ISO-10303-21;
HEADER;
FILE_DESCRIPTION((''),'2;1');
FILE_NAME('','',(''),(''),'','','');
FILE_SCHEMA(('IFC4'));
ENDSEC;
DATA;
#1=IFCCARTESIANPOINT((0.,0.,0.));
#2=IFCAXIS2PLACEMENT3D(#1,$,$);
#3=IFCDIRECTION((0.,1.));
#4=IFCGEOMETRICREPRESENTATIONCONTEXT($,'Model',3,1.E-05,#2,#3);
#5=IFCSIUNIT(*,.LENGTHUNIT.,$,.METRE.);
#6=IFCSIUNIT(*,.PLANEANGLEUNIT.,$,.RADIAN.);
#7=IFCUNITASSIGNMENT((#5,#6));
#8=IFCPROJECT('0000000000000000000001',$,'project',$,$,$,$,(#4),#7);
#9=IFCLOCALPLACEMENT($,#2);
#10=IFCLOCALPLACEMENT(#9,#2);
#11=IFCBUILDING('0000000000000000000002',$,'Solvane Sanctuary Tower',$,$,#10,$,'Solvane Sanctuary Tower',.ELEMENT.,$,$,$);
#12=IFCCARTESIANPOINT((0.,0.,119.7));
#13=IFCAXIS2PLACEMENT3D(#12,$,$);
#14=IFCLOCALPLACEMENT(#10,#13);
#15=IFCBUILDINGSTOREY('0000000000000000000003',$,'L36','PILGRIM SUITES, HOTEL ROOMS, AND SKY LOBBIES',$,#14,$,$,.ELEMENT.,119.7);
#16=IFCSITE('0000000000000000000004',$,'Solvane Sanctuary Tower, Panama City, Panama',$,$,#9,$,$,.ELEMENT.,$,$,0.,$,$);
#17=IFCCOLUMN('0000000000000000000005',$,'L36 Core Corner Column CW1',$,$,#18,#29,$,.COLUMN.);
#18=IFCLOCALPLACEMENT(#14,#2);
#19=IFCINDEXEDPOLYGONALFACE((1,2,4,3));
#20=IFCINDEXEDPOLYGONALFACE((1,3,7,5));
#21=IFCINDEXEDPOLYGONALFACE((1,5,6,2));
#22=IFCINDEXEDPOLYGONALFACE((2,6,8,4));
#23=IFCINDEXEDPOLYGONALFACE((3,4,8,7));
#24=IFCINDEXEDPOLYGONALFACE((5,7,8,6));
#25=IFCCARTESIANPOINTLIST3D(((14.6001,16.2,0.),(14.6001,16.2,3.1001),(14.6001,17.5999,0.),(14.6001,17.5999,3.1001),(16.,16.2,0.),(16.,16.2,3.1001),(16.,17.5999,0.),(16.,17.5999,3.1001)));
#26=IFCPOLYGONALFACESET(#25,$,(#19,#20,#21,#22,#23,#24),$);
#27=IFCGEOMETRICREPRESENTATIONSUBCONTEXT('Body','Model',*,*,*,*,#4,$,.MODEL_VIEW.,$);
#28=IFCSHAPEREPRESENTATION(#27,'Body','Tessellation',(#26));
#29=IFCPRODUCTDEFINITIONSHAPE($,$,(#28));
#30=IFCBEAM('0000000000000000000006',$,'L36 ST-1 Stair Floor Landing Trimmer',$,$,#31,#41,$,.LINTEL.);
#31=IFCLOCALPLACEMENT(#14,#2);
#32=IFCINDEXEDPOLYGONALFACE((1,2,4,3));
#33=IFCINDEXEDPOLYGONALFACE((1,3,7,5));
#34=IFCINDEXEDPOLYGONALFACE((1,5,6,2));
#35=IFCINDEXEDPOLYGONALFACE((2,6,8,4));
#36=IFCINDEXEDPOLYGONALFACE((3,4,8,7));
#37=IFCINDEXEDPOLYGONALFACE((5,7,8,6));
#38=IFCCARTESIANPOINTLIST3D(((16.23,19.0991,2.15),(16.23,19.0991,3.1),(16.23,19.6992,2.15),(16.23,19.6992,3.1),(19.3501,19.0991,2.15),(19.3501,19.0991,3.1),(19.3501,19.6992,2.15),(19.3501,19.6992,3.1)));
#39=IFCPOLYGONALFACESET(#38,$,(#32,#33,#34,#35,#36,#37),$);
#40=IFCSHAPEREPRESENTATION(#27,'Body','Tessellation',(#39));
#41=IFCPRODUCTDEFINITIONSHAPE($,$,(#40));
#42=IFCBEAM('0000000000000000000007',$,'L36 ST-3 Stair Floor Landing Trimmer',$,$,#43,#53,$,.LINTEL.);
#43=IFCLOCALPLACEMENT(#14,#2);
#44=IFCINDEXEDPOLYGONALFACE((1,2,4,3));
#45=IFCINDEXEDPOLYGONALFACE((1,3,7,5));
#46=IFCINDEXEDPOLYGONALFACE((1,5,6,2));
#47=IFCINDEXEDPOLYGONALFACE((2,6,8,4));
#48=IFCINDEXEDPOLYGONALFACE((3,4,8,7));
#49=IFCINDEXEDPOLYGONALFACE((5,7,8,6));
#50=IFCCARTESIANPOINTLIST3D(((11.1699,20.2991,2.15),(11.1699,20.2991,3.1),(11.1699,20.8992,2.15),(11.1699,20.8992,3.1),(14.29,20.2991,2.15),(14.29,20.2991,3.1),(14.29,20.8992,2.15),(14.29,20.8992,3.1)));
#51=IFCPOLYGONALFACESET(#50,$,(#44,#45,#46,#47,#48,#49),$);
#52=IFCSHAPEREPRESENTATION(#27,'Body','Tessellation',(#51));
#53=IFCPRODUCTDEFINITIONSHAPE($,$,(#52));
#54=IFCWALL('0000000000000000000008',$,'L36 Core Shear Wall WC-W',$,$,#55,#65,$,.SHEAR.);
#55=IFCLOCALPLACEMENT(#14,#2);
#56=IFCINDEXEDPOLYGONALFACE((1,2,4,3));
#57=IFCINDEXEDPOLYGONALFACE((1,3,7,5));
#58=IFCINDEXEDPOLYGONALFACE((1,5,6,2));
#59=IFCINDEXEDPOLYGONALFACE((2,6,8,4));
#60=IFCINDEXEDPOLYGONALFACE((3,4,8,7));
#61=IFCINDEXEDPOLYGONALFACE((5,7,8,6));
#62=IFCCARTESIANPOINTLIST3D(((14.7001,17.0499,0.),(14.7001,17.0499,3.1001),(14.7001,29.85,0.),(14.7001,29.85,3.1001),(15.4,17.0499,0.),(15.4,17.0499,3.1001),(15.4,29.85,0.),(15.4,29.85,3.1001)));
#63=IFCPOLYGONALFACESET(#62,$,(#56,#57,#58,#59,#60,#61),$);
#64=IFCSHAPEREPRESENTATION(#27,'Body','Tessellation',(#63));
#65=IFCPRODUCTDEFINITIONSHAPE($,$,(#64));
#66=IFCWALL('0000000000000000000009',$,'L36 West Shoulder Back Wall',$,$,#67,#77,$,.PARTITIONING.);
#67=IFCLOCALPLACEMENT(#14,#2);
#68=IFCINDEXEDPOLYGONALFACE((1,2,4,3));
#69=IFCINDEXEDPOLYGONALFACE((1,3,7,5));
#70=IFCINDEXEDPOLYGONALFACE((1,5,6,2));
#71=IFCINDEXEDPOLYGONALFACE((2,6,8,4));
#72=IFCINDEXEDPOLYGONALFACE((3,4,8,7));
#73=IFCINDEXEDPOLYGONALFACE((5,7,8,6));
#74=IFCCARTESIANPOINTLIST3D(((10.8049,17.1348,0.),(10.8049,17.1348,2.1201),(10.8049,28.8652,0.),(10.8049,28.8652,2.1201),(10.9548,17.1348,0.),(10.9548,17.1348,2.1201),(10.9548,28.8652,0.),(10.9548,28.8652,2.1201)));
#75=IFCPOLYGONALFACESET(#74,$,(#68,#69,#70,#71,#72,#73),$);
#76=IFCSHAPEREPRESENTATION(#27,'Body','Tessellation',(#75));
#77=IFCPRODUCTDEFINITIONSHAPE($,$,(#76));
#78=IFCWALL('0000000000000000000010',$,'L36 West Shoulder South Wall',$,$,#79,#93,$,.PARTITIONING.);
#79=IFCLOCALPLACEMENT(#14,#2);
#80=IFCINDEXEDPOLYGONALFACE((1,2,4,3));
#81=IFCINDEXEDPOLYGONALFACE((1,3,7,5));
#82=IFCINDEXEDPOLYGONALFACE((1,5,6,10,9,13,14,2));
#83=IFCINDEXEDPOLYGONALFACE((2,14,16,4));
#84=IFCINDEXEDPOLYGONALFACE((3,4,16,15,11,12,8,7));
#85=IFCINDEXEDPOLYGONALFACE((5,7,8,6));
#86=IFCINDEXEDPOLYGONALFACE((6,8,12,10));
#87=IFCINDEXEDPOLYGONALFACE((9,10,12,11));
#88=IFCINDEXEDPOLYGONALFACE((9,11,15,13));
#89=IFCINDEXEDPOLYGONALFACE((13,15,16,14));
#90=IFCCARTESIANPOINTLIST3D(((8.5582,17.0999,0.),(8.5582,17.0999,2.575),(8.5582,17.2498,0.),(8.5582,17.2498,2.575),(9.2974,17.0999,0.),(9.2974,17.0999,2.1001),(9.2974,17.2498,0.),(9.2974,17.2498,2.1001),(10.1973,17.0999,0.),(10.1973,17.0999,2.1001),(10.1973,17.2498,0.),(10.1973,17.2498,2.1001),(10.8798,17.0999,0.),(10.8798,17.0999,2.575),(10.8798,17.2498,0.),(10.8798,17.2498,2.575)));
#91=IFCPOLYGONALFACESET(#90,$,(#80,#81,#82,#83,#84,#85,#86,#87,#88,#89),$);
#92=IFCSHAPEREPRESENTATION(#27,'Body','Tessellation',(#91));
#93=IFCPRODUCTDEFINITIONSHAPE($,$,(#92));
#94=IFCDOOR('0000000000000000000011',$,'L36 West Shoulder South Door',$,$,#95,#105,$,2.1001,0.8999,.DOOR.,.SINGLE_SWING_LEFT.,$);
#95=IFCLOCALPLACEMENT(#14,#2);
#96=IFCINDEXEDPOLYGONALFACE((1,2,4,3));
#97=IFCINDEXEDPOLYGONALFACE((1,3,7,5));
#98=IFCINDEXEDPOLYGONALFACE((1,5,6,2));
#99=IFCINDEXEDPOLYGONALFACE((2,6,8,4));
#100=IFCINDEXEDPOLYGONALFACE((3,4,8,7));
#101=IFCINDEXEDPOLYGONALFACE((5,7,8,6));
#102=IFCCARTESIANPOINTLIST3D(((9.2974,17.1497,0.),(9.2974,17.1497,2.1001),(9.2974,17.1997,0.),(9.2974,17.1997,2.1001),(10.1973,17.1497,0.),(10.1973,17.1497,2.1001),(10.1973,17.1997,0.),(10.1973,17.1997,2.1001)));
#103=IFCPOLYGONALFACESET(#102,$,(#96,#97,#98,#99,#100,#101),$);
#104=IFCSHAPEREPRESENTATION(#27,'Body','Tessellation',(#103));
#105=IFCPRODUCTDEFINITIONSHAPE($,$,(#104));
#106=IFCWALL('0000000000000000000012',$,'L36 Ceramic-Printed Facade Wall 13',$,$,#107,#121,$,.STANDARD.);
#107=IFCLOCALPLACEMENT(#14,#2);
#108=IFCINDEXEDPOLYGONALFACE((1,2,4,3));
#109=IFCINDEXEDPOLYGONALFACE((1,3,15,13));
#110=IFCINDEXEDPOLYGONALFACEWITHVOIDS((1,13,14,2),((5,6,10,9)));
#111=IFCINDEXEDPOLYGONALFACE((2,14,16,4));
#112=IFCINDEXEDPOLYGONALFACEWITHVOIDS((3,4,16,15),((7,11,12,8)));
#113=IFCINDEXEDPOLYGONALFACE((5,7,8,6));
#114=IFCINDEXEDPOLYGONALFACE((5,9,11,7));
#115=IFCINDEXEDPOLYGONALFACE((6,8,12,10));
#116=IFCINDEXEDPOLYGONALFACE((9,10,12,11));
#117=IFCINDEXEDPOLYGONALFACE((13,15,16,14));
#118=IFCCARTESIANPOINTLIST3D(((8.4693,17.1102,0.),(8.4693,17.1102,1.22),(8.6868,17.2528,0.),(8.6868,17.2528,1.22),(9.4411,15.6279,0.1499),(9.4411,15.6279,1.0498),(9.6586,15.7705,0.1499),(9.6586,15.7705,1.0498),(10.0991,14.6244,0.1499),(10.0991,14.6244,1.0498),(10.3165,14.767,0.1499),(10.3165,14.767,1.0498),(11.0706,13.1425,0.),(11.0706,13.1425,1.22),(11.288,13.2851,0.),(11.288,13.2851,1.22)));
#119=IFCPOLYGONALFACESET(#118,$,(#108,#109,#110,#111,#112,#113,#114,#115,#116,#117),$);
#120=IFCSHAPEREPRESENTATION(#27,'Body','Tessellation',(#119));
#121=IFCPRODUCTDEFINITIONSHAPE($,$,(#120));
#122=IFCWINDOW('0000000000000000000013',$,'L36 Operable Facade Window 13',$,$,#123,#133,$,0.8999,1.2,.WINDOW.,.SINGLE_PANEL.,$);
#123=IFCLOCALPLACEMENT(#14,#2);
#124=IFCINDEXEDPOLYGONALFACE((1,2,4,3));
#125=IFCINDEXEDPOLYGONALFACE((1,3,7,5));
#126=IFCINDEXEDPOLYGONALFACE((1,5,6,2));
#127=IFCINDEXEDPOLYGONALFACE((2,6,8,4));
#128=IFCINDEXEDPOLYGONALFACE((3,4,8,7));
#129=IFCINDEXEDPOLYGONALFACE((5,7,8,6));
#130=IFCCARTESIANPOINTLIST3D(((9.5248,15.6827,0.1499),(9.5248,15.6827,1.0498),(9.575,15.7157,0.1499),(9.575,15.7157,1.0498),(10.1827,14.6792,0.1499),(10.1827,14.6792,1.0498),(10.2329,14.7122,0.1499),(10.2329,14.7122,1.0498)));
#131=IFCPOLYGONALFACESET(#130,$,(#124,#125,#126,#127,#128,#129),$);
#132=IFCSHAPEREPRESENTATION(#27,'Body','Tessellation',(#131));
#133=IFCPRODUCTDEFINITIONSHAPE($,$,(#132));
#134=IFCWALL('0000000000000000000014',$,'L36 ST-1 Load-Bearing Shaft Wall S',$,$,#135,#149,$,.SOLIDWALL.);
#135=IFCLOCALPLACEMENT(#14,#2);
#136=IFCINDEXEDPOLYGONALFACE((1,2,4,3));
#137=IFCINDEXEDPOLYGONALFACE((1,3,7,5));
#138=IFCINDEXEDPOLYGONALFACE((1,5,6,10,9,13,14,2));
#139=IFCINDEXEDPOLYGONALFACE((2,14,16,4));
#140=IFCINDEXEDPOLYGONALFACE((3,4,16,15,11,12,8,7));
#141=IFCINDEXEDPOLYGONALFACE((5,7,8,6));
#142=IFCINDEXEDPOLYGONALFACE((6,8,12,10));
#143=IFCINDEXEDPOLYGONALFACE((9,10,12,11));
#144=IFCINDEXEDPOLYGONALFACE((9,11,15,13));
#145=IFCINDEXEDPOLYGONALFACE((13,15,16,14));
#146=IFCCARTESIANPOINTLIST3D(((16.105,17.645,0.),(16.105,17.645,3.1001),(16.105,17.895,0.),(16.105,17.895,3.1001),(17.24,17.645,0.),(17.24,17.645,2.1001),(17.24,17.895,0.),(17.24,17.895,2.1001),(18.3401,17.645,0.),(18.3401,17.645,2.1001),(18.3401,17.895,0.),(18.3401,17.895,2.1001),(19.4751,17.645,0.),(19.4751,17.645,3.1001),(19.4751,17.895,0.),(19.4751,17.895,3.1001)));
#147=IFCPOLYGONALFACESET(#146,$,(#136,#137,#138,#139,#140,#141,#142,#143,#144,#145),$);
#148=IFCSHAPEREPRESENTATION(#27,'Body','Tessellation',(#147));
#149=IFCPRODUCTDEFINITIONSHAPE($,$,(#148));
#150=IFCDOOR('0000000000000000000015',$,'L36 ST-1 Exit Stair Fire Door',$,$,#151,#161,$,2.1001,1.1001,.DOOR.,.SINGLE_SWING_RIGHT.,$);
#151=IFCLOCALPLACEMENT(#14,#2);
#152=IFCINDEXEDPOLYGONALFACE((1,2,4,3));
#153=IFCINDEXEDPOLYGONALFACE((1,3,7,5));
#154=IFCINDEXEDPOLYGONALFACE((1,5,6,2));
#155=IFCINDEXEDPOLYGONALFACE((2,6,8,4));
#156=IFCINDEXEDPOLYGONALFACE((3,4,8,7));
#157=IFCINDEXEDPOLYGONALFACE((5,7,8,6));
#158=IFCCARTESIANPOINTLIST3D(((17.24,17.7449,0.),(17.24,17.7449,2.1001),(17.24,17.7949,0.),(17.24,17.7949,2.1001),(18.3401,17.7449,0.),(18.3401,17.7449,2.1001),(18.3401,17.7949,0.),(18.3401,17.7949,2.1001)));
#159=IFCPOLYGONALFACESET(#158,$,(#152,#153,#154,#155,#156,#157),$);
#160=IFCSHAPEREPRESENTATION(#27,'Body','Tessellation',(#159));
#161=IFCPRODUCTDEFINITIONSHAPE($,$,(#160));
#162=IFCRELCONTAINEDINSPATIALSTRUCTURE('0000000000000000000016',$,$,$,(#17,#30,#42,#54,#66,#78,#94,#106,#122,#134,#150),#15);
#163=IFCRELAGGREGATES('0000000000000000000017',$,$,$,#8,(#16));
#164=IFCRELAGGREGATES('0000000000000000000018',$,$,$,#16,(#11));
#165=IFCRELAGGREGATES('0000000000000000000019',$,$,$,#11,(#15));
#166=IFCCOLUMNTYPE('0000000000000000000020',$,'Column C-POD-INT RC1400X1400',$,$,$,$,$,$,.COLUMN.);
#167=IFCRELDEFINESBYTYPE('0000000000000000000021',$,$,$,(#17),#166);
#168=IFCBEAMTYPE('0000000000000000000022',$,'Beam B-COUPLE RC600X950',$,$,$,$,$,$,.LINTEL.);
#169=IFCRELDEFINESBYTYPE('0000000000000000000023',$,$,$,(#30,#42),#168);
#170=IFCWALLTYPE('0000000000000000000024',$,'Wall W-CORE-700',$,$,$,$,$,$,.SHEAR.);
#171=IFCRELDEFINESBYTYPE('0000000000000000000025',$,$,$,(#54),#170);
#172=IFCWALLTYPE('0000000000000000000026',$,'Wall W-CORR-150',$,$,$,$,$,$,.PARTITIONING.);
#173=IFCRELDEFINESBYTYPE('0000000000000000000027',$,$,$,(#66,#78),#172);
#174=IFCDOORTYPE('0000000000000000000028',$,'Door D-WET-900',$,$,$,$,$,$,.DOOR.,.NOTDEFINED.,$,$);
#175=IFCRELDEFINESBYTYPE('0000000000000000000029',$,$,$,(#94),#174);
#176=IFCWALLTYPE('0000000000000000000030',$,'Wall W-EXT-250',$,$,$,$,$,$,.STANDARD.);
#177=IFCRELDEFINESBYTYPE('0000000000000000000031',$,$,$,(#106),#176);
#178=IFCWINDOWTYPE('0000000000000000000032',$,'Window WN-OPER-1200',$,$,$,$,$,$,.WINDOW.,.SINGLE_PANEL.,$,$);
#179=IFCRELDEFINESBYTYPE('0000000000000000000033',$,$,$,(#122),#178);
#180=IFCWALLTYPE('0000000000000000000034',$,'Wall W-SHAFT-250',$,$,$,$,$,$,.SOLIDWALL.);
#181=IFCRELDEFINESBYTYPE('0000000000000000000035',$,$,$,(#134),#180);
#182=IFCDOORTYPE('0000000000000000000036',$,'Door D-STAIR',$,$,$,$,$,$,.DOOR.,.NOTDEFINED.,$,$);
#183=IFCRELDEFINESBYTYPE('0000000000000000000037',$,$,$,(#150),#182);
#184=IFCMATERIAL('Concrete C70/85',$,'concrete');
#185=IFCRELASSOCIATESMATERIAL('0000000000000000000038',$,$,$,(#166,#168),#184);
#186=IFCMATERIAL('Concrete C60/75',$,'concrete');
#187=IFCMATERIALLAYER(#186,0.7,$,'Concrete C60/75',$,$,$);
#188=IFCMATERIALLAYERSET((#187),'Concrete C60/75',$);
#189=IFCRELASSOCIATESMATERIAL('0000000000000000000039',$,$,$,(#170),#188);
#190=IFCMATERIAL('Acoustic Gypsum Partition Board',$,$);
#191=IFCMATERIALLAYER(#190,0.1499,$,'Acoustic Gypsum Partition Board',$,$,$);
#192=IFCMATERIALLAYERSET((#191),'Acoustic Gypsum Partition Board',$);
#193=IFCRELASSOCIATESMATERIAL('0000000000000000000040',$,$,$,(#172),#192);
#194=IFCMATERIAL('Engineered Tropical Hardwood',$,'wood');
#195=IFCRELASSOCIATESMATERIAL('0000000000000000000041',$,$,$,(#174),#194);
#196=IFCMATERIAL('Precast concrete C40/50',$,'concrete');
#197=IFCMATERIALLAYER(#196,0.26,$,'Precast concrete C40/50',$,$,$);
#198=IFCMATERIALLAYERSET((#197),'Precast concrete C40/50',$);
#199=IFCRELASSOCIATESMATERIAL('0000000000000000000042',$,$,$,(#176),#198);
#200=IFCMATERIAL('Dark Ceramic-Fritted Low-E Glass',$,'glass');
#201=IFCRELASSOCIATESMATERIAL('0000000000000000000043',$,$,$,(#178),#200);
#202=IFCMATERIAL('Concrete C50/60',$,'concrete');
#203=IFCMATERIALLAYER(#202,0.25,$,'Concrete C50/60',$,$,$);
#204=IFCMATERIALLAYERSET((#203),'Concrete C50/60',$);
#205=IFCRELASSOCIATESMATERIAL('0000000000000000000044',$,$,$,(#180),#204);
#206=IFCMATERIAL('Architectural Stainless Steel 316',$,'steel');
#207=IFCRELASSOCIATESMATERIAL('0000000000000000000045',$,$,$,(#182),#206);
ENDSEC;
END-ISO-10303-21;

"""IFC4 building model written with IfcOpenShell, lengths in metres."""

from ifc_helpers import new_model, si_unit, direction, frame, frame_2d, origin, origin_2d, place, context, subcontext, project, spatial, rectangle, extrude, material, layer, layer_set, material_profile, profile_set, type_object, element, fill, save


model = new_model("IFC4")

# Units and contexts
model_context = context("Model", 3, precision=1e-05, world=origin(), true_north=direction((0.0, 1.0)))
body_context = subcontext(model_context, "Body", "Model", "MODEL_VIEW")
ifc_project = project(units=[si_unit("LENGTHUNIT", "METRE"), si_unit("PLANEANGLEUNIT", "RADIAN")], contexts=[model_context])

# Site, building, storey
site_placement = place(None, origin())
site = spatial("IfcSite", under=ifc_project, at=site_placement, Name="Solvane Sanctuary Tower, Panama City, Panama", CompositionType="ELEMENT", RefElevation=0.0)
building_placement = place(site_placement, origin())
building = spatial("IfcBuilding", under=site, at=building_placement, Name="Solvane Sanctuary Tower", LongName="Solvane Sanctuary Tower", CompositionType="ELEMENT")
storey_placement = place(building_placement, frame((0.0, 0.0, 119.7)))
storey = spatial("IfcBuildingStorey", under=building, at=storey_placement, Name="L36", Description="PILGRIM SUITES, HOTEL ROOMS, AND SKY LOBBIES", CompositionType="ELEMENT", Elevation=119.7)

# Column
ifc_material_1 = material(Name="Concrete C70/85", Category="concrete")
ifc_material_profile_1 = material_profile(ifc_material_1, rectangle(XDim=1.3999, YDim=1.3999, at=origin_2d()), Name="RC1400X1400")
ifc_profile_set_1 = profile_set([ifc_material_profile_1], Name="Concrete C70/85")
column_type = type_object("IfcColumnType", Name="Column C-POD-INT RC1400X1400", PredefinedType="COLUMN", material=ifc_profile_set_1)
column_placement = place(storey_placement, frame((15.3, 16.8999, 0.0), z_axis=(0.0, 0.0, 1.0), x_axis=(1.0, 0.0, 0.0)))
element("IfcColumn", 1, at=column_placement, inside=storey, type_object=column_type, Name="L36 Core Corner Column CW1", PredefinedType="COLUMN", context=body_context, shape_type="SweptSolid", body=[
    extrude(rectangle(XDim=1.3999, YDim=1.3999, at=origin_2d()), origin(), (0.0, 0.0, 1.0), 3.1001),
])

# Beams
ifc_material_profile_2 = material_profile(ifc_material_1, rectangle(XDim=0.6001, YDim=0.95, at=origin_2d()), Name="RC600X950")
ifc_profile_set_2 = profile_set([ifc_material_profile_2], Name="Concrete C70/85")
beam_type = type_object("IfcBeamType", Name="Beam B-COUPLE RC600X950", PredefinedType="LINTEL", material=ifc_profile_set_2)
for number, where, z_axis, x_axis, name in (
    (2, (16.23, 19.3992, 2.625), (1.0, 0.0, 0.0), (0.0, 1.0, 0.0), "L36 ST-1 Stair Floor Landing Trimmer"),
    (3, (11.1699, 20.5991, 2.625), (1.0, 0.0, 0.0), (0.0, 1.0, 0.0), "L36 ST-3 Stair Floor Landing Trimmer"),
):
    element("IfcBeam", number, at=place(storey_placement, frame(where, z_axis=z_axis, x_axis=x_axis)), inside=storey, type_object=beam_type, Name=name, PredefinedType="LINTEL", context=body_context, shape_type="SweptSolid", body=[
        extrude(rectangle(XDim=0.6001, YDim=0.95, at=origin_2d()), origin(), (0.0, 0.0, 1.0), 3.1201),
    ])

# Walls
ifc_material_2 = material(Name="Concrete C60/75", Category="concrete")
ifc_layer_1 = layer(ifc_material_2, 0.7, Name="Concrete C60/75")
ifc_layer_set_1 = layer_set([ifc_layer_1], Name="Concrete C60/75")
wall_type_1 = type_object("IfcWallType", Name="Wall W-CORE-700", PredefinedType="SHEAR", material=ifc_layer_set_1)
wall_1_placement = place(storey_placement, frame((15.05, 17.05, 0.0), z_axis=(0.0, 0.0, 1.0), x_axis=(0.0, 1.0, 0.0)))
element("IfcWall", 4, at=wall_1_placement, inside=storey, type_object=wall_type_1, Name="L36 Core Shear Wall WC-W", PredefinedType="SHEAR", context=body_context, shape_type="SweptSolid", body=[
    extrude(rectangle(XDim=12.8, YDim=0.7, at=frame_2d((6.3999, 0.0))), origin(), (0.0, 0.0, 1.0), 3.1001),
])
ifc_material_3 = material(Name="Acoustic Gypsum Partition Board")
ifc_layer_2 = layer(ifc_material_3, 0.1499, Name="Acoustic Gypsum Partition Board")
ifc_layer_set_2 = layer_set([ifc_layer_2], Name="Acoustic Gypsum Partition Board")
wall_type_2 = type_object("IfcWallType", Name="Wall W-CORR-150", PredefinedType="PARTITIONING", material=ifc_layer_set_2)
wall_2_placement = place(storey_placement, frame((10.8799, 17.1348, 0.0), z_axis=(0.0, 0.0, 1.0), x_axis=(0.0, 1.0, 0.0)))
element("IfcWall", 5, at=wall_2_placement, inside=storey, type_object=wall_type_2, Name="L36 West Shoulder Back Wall", PredefinedType="PARTITIONING", context=body_context, shape_type="SweptSolid", body=[
    extrude(rectangle(XDim=11.7305, YDim=0.1499, at=frame_2d((5.8652, 0.0))), origin(), (0.0, 0.0, 1.0), 2.1201),
])

# Wall, opening, door
wall_3_placement = place(storey_placement, frame((8.5583, 17.1748, 0.0), z_axis=(0.0, 0.0, 1.0), x_axis=(1.0, 0.0, 0.0)))
wall_3 = element("IfcWall", 6, at=wall_3_placement, inside=storey, type_object=wall_type_2, Name="L36 West Shoulder South Wall", PredefinedType="PARTITIONING", context=body_context, shape_type="SweptSolid", body=[
    extrude(rectangle(XDim=2.3215, YDim=0.1499, at=frame_2d((1.1606, 0.0))), origin(), (0.0, 0.0, 1.0), 2.575),
])
opening_1_placement = place(wall_3_placement, frame((0.739, 0.0, 0.0)))
opening_1 = element("IfcOpeningElement", 7, at=opening_1_placement, cuts=wall_3, PredefinedType="OPENING", context=body_context, shape_type="SweptSolid", body=[
    extrude(rectangle(XDim=0.8999, YDim=2.1001, at=frame_2d((0.45, 1.05))), frame((0.0, 0.085, 0.0), z_axis=(0.0, -1.0, 0.0), x_axis=(1.0, 0.0, 0.0)), (0.0, 0.0, 1.0), 0.1699),
])
ifc_material_4 = material(Name="Engineered Tropical Hardwood", Category="wood")
door_type_1 = type_object("IfcDoorType", Name="Door D-WET-900", OperationType="NOTDEFINED", PredefinedType="DOOR", material=ifc_material_4)
door_1_placement = place(opening_1_placement, origin())
door_1 = element("IfcDoor", 8, at=door_1_placement, inside=storey, type_object=door_type_1, Name="L36 West Shoulder South Door", OperationType="SINGLE_SWING_LEFT", OverallHeight=2.1001, OverallWidth=0.8999, PredefinedType="DOOR", context=body_context, shape_type="SweptSolid", body=[
    extrude(rectangle(XDim=0.8999, YDim=2.1001, at=frame_2d((0.45, 1.05))), frame((0.0, 0.0249, 0.0), z_axis=(0.0, -1.0, 0.0), x_axis=(1.0, 0.0, 0.0)), (0.0, 0.0, 1.0), 0.05),
])
fill(opening_1, door_1)

# Wall, opening, window
ifc_material_5 = material(Name="Precast concrete C40/50", Category="concrete")
ifc_layer_3 = layer(ifc_material_5, 0.26, Name="Precast concrete C40/50")
ifc_layer_set_3 = layer_set([ifc_layer_3], Name="Precast concrete C40/50")
wall_type_3 = type_object("IfcWallType", Name="Wall W-EXT-250", PredefinedType="STANDARD", material=ifc_layer_set_3)
wall_4_placement = place(storey_placement, frame((8.5781, 17.1814, 0.0), z_axis=(0.0, 0.0, 1.0), x_axis=(0.548283, -0.836293, 0.0)))
wall_4 = element("IfcWall", 9, at=wall_4_placement, inside=storey, type_object=wall_type_3, Name="L36 Ceramic-Printed Facade Wall 13", PredefinedType="STANDARD", context=body_context, shape_type="SweptSolid", body=[
    extrude(rectangle(XDim=4.7444, YDim=0.26, at=frame_2d((2.3721, 0.0))), origin(), (0.0, 0.0, 1.0), 1.22),
])
opening_2_placement = place(wall_4_placement, frame((1.7722, 0.0, 0.1499)))
opening_2 = element("IfcOpeningElement", 10, at=opening_2_placement, cuts=wall_4, PredefinedType="OPENING", context=body_context, shape_type="SweptSolid", body=[
    extrude(rectangle(XDim=1.2, YDim=0.8999, at=frame_2d((0.6001, 0.45))), frame((0.0, 0.1399, 0.0), z_axis=(0.0, -1.0, 0.0), x_axis=(1.0, 0.0, 0.0)), (0.0, 0.0, 1.0), 0.28),
])
ifc_material_6 = material(Name="Dark Ceramic-Fritted Low-E Glass", Category="glass")
window_type = type_object("IfcWindowType", Name="Window WN-OPER-1200", PartitioningType="SINGLE_PANEL", PredefinedType="WINDOW", material=ifc_material_6)
window_placement = place(opening_2_placement, origin())
window = element("IfcWindow", 11, at=window_placement, inside=storey, type_object=window_type, Name="L36 Operable Facade Window 13", OverallHeight=0.8999, OverallWidth=1.2, PartitioningType="SINGLE_PANEL", PredefinedType="WINDOW", context=body_context, shape_type="SweptSolid", body=[
    extrude(rectangle(XDim=1.2, YDim=0.8999, at=frame_2d((0.6001, 0.45))), frame((0.0, 0.03, 0.0), z_axis=(0.0, -1.0, 0.0), x_axis=(1.0, 0.0, 0.0)), (0.0, 0.0, 1.0), 0.0601),
])
fill(opening_2, window)

# Wall, opening, door
ifc_material_7 = material(Name="Concrete C50/60", Category="concrete")
ifc_layer_4 = layer(ifc_material_7, 0.25, Name="Concrete C50/60")
ifc_layer_set_4 = layer_set([ifc_layer_4], Name="Concrete C50/60")
wall_type_4 = type_object("IfcWallType", Name="Wall W-SHAFT-250", PredefinedType="SOLIDWALL", material=ifc_layer_set_4)
wall_5_placement = place(storey_placement, frame((16.105, 17.77, 0.0), z_axis=(0.0, 0.0, 1.0), x_axis=(1.0, 0.0, 0.0)))
wall_5 = element("IfcWall", 12, at=wall_5_placement, inside=storey, type_object=wall_type_4, Name="L36 ST-1 Load-Bearing Shaft Wall S", PredefinedType="SOLIDWALL", context=body_context, shape_type="SweptSolid", body=[
    extrude(rectangle(XDim=3.3701, YDim=0.25, at=frame_2d((1.6851, 0.0))), origin(), (0.0, 0.0, 1.0), 3.1001),
])
opening_3_placement = place(wall_5_placement, frame((1.135, 0.0, 0.0)))
opening_3 = element("IfcOpeningElement", 13, at=opening_3_placement, cuts=wall_5, PredefinedType="OPENING", context=body_context, shape_type="SweptSolid", body=[
    extrude(rectangle(XDim=1.1001, YDim=2.1001, at=frame_2d((0.55, 1.05))), frame((0.0, 0.135, 0.0), z_axis=(0.0, -1.0, 0.0), x_axis=(1.0, 0.0, 0.0)), (0.0, 0.0, 1.0), 0.27),
])
ifc_material_8 = material(Name="Architectural Stainless Steel 316", Category="steel")
door_type_2 = type_object("IfcDoorType", Name="Door D-STAIR", OperationType="NOTDEFINED", PredefinedType="DOOR", material=ifc_material_8)
door_2_placement = place(opening_3_placement, origin())
door_2 = element("IfcDoor", 14, at=door_2_placement, inside=storey, type_object=door_type_2, Name="L36 ST-1 Exit Stair Fire Door", OperationType="SINGLE_SWING_RIGHT", OverallHeight=2.1001, OverallWidth=1.1001, PredefinedType="DOOR", context=body_context, shape_type="SweptSolid", body=[
    extrude(rectangle(XDim=1.1001, YDim=2.1001, at=frame_2d((0.55, 1.05))), frame((0.0, 0.0249, 0.0), z_axis=(0.0, -1.0, 0.0), x_axis=(1.0, 0.0, 0.0)), (0.0, 0.0, 1.0), 0.05),
])
fill(opening_3, door_2)

save(model, "model.ifc")
